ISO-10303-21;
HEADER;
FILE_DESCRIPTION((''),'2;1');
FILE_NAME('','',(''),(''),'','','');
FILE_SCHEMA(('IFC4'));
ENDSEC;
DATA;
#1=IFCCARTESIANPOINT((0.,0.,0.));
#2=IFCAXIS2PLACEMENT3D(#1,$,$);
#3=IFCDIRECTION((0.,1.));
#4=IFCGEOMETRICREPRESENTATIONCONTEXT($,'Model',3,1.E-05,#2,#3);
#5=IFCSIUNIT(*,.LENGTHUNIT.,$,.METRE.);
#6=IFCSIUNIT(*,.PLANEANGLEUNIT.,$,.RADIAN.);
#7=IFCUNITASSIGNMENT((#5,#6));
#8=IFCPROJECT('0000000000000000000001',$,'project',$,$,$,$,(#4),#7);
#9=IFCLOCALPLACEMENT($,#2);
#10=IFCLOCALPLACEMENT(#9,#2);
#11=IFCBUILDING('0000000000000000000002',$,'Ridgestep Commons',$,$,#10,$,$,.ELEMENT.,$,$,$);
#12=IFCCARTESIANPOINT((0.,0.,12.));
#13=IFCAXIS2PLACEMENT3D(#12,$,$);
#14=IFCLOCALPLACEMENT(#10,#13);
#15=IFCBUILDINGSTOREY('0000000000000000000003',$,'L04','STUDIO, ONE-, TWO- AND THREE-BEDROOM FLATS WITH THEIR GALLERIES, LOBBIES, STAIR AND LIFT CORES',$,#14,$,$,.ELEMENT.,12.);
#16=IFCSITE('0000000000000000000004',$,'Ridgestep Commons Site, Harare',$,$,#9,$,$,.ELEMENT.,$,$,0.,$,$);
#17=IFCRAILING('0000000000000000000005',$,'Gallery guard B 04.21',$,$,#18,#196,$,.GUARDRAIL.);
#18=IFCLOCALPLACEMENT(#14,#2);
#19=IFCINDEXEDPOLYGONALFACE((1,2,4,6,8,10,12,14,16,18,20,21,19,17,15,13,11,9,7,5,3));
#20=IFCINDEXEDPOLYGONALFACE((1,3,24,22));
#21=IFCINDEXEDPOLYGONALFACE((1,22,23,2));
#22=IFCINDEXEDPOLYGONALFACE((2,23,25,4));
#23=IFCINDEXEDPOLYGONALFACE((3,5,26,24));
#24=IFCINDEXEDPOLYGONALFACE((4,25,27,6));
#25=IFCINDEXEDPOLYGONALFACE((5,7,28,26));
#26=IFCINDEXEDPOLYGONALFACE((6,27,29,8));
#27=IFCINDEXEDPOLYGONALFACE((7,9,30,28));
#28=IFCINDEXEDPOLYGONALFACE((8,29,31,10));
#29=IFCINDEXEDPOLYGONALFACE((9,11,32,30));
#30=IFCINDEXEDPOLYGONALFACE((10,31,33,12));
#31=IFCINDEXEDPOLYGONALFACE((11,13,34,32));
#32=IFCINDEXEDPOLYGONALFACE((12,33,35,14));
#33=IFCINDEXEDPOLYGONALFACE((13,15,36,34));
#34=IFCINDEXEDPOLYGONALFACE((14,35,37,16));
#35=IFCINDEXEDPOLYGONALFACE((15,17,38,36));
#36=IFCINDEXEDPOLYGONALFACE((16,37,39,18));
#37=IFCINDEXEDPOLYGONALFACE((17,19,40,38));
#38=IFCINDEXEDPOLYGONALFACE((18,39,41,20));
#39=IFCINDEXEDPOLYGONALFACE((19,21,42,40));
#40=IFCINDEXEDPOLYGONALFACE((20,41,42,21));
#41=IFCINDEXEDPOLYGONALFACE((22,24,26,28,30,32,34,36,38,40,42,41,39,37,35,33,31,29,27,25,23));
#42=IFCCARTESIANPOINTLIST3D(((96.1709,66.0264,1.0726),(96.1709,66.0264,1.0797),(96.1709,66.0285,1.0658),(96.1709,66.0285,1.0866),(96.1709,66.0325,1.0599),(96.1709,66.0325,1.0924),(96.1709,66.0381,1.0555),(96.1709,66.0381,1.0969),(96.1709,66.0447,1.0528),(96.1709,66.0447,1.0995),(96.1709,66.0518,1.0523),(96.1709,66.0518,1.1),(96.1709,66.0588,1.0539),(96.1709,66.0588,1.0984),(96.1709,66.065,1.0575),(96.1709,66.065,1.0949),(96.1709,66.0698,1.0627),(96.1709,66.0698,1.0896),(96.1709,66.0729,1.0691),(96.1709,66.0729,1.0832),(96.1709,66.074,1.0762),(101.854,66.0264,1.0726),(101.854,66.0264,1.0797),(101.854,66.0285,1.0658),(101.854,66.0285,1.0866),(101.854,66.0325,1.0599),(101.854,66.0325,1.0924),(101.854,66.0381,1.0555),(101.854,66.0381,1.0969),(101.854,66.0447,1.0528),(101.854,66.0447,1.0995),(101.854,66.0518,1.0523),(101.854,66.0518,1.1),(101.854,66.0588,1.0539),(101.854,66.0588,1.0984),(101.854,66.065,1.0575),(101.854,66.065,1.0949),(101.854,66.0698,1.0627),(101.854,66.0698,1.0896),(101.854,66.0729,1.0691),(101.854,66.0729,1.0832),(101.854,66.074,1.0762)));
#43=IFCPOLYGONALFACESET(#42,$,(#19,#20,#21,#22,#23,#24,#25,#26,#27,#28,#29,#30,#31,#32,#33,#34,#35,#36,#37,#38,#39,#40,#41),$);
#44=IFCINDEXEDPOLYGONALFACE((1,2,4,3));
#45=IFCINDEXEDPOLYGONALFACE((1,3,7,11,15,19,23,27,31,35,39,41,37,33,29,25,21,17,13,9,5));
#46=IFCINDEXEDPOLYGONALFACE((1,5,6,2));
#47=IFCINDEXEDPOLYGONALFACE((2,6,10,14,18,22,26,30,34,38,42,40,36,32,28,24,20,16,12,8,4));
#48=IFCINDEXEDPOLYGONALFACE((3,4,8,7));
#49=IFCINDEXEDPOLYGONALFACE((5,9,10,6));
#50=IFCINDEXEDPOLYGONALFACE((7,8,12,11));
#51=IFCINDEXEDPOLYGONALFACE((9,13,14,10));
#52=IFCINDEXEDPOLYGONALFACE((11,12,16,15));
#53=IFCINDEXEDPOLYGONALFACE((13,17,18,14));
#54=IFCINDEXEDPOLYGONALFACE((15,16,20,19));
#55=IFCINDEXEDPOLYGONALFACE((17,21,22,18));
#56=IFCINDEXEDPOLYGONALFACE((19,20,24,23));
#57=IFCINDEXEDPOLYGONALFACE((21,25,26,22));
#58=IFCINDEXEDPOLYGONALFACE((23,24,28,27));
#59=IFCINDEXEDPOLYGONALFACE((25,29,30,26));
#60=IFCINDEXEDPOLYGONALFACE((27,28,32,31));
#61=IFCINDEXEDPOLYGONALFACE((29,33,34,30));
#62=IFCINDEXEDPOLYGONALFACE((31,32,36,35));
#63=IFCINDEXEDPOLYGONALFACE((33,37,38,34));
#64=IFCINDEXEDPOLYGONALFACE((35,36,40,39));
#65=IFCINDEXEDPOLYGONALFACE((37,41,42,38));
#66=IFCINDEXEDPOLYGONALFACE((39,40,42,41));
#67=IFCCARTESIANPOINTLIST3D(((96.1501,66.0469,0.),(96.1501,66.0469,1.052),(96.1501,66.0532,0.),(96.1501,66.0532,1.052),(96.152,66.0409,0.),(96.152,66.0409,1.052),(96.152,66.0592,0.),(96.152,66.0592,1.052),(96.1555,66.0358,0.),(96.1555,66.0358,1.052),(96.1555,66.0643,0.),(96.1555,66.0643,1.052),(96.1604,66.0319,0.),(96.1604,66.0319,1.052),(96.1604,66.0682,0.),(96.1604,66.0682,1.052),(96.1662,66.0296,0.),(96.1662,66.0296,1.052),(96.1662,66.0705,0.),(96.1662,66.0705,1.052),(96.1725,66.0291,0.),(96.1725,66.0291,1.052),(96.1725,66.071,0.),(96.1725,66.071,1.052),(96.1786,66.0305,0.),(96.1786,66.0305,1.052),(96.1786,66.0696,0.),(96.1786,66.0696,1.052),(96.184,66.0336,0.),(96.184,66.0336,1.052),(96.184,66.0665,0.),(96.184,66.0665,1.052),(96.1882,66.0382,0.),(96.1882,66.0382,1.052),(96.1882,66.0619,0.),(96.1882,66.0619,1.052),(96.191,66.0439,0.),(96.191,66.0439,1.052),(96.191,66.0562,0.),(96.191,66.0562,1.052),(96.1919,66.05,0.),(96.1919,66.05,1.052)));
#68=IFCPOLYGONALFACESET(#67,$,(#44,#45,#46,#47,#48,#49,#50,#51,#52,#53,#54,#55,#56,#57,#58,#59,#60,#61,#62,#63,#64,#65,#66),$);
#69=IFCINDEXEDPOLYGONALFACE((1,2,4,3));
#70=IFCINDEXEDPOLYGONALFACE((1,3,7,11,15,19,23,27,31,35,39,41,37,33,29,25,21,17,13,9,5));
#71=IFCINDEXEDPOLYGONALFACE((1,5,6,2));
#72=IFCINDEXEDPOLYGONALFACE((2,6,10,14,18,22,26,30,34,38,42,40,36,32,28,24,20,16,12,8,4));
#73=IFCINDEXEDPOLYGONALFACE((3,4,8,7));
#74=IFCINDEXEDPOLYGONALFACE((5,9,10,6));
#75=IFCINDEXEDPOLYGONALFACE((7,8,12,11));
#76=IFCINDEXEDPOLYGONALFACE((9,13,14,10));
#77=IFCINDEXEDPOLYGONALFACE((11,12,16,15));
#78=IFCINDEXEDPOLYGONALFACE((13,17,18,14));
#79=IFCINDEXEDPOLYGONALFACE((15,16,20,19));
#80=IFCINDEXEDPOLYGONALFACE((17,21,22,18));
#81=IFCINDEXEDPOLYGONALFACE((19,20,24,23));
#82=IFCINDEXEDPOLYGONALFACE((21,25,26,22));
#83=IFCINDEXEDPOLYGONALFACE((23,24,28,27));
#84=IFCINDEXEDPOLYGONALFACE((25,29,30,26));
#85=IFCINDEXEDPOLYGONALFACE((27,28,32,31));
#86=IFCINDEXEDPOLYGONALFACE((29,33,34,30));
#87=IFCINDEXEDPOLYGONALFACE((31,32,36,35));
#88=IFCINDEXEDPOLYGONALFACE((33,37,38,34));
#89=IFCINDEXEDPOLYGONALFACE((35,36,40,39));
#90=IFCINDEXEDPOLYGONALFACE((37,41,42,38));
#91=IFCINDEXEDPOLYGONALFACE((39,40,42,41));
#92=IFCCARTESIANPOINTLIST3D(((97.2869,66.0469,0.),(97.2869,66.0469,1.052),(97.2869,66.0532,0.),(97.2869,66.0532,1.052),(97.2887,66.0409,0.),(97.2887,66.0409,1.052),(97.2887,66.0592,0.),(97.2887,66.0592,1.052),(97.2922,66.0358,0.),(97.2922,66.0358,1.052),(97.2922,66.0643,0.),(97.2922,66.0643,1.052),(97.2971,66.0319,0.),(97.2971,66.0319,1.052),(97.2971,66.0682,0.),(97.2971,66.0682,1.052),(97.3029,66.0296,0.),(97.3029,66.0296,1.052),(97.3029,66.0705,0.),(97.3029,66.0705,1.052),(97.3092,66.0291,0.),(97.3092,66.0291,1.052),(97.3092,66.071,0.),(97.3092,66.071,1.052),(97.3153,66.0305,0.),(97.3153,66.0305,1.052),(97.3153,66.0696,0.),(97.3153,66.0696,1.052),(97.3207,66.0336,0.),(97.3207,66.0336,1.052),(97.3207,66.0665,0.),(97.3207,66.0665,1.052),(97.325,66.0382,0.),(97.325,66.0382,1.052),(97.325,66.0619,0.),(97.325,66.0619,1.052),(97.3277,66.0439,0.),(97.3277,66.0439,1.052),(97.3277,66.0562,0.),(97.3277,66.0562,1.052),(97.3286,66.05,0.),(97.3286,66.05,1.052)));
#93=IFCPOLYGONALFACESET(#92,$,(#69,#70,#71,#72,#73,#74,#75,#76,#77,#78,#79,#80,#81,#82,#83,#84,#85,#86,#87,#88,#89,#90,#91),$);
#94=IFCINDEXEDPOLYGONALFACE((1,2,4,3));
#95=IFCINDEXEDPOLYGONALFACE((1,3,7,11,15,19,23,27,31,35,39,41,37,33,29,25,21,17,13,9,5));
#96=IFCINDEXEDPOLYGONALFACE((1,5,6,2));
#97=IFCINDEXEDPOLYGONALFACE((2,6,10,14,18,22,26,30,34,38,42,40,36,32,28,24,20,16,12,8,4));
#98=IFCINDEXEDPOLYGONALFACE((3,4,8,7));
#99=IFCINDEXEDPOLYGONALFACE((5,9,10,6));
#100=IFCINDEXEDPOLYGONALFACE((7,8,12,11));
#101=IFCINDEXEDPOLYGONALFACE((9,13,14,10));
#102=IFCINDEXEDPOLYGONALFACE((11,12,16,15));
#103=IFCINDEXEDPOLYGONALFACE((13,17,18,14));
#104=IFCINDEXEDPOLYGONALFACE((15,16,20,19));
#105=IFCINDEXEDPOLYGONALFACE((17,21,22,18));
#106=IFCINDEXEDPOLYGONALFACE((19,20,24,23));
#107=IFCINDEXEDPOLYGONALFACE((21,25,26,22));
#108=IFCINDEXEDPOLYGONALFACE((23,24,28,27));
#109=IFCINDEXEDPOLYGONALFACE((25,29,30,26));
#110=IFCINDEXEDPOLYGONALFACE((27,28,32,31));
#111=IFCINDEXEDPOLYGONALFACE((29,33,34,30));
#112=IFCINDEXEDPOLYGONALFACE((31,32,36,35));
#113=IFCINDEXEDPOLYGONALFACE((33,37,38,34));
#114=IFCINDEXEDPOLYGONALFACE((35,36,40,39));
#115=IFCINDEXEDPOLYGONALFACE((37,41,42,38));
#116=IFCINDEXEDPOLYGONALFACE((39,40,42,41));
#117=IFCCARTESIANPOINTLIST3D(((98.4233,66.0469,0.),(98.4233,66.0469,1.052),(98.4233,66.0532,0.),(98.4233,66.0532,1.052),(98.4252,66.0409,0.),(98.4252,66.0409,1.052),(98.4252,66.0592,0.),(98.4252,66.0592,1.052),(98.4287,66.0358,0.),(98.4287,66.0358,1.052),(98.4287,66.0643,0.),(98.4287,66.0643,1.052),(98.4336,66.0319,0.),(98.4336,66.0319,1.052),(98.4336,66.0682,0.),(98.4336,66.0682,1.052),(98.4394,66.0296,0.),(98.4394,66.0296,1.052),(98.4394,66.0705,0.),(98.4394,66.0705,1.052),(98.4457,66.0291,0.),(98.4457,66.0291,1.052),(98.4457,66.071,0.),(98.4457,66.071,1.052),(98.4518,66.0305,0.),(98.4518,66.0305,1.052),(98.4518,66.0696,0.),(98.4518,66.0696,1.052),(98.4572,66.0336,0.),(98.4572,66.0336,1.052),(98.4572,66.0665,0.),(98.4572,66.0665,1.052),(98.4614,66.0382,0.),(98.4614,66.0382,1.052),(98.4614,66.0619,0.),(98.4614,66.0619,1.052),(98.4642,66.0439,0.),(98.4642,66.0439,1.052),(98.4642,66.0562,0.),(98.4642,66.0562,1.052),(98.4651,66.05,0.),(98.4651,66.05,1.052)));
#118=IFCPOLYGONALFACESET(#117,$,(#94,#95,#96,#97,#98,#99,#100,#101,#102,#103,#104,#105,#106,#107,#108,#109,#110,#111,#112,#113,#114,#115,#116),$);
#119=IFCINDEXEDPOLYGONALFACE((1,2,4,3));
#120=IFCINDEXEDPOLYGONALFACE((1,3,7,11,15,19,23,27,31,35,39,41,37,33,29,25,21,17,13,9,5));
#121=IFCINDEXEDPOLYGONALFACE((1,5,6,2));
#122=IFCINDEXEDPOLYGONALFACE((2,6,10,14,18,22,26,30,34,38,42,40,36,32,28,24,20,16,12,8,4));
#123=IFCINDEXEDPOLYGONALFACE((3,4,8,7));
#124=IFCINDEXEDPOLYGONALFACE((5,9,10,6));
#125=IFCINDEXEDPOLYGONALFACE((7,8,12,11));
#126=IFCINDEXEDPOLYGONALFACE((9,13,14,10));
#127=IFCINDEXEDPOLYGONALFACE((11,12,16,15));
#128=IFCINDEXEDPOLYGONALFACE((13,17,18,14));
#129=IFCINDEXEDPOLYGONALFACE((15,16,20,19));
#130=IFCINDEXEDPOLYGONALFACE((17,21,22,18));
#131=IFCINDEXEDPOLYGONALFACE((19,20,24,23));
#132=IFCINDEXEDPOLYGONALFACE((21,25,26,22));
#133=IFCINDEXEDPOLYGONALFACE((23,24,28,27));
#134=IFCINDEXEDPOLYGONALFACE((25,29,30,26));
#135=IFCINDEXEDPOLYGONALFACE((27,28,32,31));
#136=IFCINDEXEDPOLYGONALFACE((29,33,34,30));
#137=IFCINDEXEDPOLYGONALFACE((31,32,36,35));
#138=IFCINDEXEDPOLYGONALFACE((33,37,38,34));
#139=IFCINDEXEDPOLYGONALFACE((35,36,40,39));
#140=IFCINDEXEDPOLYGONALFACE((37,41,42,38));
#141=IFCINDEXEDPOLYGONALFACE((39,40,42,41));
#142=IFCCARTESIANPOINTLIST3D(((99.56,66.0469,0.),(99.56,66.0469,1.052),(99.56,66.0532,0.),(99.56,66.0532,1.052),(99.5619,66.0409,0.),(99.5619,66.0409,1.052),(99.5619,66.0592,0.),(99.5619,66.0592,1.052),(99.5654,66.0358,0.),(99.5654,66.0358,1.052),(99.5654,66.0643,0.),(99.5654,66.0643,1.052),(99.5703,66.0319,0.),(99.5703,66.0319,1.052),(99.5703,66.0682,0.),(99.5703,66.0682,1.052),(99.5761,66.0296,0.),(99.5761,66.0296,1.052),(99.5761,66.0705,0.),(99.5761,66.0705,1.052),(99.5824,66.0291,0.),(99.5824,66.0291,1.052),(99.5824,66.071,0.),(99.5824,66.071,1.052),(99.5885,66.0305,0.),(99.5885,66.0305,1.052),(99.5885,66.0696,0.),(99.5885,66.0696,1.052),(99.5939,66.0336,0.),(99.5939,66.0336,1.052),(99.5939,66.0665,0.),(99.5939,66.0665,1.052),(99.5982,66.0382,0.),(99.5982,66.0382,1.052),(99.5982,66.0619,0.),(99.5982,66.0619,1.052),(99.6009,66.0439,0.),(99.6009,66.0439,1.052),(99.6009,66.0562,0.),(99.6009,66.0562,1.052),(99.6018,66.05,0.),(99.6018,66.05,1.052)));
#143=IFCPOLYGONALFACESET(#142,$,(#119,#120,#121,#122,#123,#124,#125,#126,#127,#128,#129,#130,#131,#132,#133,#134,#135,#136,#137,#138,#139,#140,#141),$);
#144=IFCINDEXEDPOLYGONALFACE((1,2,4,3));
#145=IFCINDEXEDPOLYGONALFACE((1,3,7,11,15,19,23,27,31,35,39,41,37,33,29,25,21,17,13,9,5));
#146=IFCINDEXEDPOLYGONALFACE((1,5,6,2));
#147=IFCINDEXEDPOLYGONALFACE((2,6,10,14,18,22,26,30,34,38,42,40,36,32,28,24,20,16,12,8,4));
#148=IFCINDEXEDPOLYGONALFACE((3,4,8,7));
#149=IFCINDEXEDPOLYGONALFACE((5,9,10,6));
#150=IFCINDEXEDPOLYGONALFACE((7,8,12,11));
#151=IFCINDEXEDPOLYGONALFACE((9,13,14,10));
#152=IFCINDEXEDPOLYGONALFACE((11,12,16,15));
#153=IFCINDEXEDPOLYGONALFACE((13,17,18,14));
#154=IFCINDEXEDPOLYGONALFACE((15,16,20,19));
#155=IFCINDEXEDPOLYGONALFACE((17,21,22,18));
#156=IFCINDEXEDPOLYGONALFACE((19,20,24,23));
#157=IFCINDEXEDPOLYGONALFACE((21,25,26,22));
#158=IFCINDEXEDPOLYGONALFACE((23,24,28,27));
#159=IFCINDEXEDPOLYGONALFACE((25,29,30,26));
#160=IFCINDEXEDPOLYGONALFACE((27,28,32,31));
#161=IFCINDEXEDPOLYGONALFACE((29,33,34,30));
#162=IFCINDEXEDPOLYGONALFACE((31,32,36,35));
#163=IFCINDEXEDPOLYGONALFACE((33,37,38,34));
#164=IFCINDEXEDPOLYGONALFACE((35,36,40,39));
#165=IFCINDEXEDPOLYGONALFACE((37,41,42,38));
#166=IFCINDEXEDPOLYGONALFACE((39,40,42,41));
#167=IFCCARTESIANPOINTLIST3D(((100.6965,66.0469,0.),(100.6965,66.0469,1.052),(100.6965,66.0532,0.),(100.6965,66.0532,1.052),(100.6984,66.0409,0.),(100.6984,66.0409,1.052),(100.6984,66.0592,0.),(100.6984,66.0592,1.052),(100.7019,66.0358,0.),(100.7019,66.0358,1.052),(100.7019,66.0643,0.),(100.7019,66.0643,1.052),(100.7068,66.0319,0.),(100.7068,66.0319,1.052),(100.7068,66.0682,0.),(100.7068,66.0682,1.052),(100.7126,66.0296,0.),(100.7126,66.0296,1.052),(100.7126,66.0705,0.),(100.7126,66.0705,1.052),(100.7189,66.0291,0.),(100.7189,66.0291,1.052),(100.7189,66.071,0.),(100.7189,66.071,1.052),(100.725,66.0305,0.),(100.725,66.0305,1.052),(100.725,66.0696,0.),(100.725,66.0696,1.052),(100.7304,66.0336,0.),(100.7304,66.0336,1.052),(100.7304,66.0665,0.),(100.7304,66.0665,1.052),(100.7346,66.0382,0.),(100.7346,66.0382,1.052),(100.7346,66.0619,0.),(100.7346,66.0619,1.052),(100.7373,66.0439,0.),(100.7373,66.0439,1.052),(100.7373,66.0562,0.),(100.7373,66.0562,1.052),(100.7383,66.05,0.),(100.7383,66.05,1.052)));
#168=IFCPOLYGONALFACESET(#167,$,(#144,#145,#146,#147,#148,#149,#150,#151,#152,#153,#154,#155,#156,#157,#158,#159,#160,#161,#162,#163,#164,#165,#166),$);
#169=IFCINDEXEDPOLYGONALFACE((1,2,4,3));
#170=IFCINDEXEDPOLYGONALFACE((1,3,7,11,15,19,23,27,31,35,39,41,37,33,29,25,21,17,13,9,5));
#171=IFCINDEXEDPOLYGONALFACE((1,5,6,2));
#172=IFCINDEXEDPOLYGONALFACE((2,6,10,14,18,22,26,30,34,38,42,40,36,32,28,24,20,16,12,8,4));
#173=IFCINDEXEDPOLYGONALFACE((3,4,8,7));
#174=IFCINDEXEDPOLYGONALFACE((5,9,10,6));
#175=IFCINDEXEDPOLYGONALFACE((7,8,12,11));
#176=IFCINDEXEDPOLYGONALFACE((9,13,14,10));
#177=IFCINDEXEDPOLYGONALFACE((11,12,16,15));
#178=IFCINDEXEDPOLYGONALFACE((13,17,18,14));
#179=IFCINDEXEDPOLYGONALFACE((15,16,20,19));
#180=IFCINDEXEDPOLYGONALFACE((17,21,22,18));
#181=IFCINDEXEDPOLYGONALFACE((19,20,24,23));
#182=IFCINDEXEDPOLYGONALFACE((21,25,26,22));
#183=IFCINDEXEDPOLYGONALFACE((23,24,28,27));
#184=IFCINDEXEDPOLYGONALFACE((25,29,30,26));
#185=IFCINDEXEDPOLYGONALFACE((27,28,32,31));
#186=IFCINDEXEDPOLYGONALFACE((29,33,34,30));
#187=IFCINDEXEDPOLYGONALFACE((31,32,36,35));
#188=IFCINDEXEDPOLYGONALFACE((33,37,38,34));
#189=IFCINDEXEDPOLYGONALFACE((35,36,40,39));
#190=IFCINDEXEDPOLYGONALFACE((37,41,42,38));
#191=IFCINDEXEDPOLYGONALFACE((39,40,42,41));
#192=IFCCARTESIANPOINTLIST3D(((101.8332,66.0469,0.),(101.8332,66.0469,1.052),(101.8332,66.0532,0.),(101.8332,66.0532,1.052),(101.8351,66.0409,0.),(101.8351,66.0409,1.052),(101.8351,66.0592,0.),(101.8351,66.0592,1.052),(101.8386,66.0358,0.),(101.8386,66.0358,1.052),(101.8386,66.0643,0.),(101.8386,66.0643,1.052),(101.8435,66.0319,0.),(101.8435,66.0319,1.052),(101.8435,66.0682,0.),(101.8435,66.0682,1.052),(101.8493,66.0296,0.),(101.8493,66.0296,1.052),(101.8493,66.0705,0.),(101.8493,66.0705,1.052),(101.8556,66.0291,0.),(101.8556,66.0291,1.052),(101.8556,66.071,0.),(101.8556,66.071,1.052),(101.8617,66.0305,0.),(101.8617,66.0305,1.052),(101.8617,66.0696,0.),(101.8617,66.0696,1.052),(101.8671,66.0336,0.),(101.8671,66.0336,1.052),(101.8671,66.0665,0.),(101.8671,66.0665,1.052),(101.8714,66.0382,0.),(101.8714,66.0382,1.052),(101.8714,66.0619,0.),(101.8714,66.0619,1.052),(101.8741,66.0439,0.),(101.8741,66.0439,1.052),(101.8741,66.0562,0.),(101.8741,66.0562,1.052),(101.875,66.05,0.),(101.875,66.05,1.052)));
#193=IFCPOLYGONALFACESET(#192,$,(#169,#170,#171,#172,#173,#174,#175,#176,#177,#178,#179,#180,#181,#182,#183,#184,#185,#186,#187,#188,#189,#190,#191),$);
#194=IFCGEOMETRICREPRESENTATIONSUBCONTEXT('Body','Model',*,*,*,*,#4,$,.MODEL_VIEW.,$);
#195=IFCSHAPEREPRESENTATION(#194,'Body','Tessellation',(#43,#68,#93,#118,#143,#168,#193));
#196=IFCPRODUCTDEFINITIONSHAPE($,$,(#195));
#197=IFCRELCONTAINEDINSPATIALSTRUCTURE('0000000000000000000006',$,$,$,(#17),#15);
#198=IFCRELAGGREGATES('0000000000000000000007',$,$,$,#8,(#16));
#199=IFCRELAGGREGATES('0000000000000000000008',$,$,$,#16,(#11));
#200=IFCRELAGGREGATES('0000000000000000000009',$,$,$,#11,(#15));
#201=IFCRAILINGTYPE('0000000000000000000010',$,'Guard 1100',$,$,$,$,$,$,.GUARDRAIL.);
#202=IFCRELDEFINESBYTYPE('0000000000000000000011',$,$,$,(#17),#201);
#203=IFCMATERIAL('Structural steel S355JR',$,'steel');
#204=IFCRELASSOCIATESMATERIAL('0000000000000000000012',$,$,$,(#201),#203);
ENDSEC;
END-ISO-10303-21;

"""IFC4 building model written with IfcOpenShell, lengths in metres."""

from ifc_helpers import new_model, si_unit, direction, frame, origin, origin_2d, place, context, subcontext, project, spatial, circle, extrude, material, type_object, element, save


model = new_model("IFC4")

# Units and contexts
model_context = context("Model", 3, precision=1e-05, world=origin(), true_north=direction((0.0, 1.0)))
body_context = subcontext(model_context, "Body", "Model", "MODEL_VIEW")
ifc_project = project(units=[si_unit("LENGTHUNIT", "METRE"), si_unit("PLANEANGLEUNIT", "RADIAN")], contexts=[model_context])

# Site, building, storey
site_placement = place(None, origin())
site = spatial("IfcSite", under=ifc_project, at=site_placement, Name="Ridgestep Commons Site, Harare", CompositionType="ELEMENT", RefElevation=0.0)
building_placement = place(site_placement, origin())
building = spatial("IfcBuilding", under=site, at=building_placement, Name="Ridgestep Commons", CompositionType="ELEMENT")
storey_placement = place(building_placement, frame((0.0, 0.0, 12.0)))
storey = spatial("IfcBuildingStorey", under=building, at=storey_placement, Name="L04", Description="STUDIO, ONE-, TWO- AND THREE-BEDROOM FLATS WITH THEIR GALLERIES, LOBBIES, STAIR AND LIFT CORES", CompositionType="ELEMENT", Elevation=12.0)

# Railing
ifc_material_1 = material(Name="Structural steel S355JR", Category="steel")
railing_type_1 = type_object("IfcRailingType", Name="Guard 1100", PredefinedType="GUARDRAIL", material=ifc_material_1)
railing_1_placement = place(storey_placement, frame((96.1709, 66.05, 0.0)))
element("IfcRailing", 1, at=railing_1_placement, inside=storey, type_object=railing_type_1, Name="Gallery guard B 04.21", PredefinedType="GUARDRAIL", context=body_context, shape_type="SweptSolid", body=[
    extrude(circle(Radius=0.0239, at=origin_2d()), frame((0.0, 0.0, 1.0762), z_axis=(1.0, 0.0, 0.0), x_axis=(0.0, 1.0, 0.0)), (0.0, 0.0, 1.0), 5.6831),
    extrude(circle(Radius=0.021, at=origin_2d()), origin(), (0.0, 0.0, 1.0), 1.052),
    extrude(circle(Radius=0.021, at=origin_2d()), frame((1.1367, 0.0, 0.0)), (0.0, 0.0, 1.0), 1.052),
    extrude(circle(Radius=0.021, at=origin_2d()), frame((2.2732, 0.0, 0.0)), (0.0, 0.0, 1.0), 1.052),
    extrude(circle(Radius=0.021, at=origin_2d()), frame((3.4099, 0.0, 0.0)), (0.0, 0.0, 1.0), 1.052),
    extrude(circle(Radius=0.021, at=origin_2d()), frame((4.5464, 0.0, 0.0)), (0.0, 0.0, 1.0), 1.052),
    extrude(circle(Radius=0.021, at=origin_2d()), frame((5.6831, 0.0, 0.0)), (0.0, 0.0, 1.0), 1.052),
])

save(model, "model.ifc")
